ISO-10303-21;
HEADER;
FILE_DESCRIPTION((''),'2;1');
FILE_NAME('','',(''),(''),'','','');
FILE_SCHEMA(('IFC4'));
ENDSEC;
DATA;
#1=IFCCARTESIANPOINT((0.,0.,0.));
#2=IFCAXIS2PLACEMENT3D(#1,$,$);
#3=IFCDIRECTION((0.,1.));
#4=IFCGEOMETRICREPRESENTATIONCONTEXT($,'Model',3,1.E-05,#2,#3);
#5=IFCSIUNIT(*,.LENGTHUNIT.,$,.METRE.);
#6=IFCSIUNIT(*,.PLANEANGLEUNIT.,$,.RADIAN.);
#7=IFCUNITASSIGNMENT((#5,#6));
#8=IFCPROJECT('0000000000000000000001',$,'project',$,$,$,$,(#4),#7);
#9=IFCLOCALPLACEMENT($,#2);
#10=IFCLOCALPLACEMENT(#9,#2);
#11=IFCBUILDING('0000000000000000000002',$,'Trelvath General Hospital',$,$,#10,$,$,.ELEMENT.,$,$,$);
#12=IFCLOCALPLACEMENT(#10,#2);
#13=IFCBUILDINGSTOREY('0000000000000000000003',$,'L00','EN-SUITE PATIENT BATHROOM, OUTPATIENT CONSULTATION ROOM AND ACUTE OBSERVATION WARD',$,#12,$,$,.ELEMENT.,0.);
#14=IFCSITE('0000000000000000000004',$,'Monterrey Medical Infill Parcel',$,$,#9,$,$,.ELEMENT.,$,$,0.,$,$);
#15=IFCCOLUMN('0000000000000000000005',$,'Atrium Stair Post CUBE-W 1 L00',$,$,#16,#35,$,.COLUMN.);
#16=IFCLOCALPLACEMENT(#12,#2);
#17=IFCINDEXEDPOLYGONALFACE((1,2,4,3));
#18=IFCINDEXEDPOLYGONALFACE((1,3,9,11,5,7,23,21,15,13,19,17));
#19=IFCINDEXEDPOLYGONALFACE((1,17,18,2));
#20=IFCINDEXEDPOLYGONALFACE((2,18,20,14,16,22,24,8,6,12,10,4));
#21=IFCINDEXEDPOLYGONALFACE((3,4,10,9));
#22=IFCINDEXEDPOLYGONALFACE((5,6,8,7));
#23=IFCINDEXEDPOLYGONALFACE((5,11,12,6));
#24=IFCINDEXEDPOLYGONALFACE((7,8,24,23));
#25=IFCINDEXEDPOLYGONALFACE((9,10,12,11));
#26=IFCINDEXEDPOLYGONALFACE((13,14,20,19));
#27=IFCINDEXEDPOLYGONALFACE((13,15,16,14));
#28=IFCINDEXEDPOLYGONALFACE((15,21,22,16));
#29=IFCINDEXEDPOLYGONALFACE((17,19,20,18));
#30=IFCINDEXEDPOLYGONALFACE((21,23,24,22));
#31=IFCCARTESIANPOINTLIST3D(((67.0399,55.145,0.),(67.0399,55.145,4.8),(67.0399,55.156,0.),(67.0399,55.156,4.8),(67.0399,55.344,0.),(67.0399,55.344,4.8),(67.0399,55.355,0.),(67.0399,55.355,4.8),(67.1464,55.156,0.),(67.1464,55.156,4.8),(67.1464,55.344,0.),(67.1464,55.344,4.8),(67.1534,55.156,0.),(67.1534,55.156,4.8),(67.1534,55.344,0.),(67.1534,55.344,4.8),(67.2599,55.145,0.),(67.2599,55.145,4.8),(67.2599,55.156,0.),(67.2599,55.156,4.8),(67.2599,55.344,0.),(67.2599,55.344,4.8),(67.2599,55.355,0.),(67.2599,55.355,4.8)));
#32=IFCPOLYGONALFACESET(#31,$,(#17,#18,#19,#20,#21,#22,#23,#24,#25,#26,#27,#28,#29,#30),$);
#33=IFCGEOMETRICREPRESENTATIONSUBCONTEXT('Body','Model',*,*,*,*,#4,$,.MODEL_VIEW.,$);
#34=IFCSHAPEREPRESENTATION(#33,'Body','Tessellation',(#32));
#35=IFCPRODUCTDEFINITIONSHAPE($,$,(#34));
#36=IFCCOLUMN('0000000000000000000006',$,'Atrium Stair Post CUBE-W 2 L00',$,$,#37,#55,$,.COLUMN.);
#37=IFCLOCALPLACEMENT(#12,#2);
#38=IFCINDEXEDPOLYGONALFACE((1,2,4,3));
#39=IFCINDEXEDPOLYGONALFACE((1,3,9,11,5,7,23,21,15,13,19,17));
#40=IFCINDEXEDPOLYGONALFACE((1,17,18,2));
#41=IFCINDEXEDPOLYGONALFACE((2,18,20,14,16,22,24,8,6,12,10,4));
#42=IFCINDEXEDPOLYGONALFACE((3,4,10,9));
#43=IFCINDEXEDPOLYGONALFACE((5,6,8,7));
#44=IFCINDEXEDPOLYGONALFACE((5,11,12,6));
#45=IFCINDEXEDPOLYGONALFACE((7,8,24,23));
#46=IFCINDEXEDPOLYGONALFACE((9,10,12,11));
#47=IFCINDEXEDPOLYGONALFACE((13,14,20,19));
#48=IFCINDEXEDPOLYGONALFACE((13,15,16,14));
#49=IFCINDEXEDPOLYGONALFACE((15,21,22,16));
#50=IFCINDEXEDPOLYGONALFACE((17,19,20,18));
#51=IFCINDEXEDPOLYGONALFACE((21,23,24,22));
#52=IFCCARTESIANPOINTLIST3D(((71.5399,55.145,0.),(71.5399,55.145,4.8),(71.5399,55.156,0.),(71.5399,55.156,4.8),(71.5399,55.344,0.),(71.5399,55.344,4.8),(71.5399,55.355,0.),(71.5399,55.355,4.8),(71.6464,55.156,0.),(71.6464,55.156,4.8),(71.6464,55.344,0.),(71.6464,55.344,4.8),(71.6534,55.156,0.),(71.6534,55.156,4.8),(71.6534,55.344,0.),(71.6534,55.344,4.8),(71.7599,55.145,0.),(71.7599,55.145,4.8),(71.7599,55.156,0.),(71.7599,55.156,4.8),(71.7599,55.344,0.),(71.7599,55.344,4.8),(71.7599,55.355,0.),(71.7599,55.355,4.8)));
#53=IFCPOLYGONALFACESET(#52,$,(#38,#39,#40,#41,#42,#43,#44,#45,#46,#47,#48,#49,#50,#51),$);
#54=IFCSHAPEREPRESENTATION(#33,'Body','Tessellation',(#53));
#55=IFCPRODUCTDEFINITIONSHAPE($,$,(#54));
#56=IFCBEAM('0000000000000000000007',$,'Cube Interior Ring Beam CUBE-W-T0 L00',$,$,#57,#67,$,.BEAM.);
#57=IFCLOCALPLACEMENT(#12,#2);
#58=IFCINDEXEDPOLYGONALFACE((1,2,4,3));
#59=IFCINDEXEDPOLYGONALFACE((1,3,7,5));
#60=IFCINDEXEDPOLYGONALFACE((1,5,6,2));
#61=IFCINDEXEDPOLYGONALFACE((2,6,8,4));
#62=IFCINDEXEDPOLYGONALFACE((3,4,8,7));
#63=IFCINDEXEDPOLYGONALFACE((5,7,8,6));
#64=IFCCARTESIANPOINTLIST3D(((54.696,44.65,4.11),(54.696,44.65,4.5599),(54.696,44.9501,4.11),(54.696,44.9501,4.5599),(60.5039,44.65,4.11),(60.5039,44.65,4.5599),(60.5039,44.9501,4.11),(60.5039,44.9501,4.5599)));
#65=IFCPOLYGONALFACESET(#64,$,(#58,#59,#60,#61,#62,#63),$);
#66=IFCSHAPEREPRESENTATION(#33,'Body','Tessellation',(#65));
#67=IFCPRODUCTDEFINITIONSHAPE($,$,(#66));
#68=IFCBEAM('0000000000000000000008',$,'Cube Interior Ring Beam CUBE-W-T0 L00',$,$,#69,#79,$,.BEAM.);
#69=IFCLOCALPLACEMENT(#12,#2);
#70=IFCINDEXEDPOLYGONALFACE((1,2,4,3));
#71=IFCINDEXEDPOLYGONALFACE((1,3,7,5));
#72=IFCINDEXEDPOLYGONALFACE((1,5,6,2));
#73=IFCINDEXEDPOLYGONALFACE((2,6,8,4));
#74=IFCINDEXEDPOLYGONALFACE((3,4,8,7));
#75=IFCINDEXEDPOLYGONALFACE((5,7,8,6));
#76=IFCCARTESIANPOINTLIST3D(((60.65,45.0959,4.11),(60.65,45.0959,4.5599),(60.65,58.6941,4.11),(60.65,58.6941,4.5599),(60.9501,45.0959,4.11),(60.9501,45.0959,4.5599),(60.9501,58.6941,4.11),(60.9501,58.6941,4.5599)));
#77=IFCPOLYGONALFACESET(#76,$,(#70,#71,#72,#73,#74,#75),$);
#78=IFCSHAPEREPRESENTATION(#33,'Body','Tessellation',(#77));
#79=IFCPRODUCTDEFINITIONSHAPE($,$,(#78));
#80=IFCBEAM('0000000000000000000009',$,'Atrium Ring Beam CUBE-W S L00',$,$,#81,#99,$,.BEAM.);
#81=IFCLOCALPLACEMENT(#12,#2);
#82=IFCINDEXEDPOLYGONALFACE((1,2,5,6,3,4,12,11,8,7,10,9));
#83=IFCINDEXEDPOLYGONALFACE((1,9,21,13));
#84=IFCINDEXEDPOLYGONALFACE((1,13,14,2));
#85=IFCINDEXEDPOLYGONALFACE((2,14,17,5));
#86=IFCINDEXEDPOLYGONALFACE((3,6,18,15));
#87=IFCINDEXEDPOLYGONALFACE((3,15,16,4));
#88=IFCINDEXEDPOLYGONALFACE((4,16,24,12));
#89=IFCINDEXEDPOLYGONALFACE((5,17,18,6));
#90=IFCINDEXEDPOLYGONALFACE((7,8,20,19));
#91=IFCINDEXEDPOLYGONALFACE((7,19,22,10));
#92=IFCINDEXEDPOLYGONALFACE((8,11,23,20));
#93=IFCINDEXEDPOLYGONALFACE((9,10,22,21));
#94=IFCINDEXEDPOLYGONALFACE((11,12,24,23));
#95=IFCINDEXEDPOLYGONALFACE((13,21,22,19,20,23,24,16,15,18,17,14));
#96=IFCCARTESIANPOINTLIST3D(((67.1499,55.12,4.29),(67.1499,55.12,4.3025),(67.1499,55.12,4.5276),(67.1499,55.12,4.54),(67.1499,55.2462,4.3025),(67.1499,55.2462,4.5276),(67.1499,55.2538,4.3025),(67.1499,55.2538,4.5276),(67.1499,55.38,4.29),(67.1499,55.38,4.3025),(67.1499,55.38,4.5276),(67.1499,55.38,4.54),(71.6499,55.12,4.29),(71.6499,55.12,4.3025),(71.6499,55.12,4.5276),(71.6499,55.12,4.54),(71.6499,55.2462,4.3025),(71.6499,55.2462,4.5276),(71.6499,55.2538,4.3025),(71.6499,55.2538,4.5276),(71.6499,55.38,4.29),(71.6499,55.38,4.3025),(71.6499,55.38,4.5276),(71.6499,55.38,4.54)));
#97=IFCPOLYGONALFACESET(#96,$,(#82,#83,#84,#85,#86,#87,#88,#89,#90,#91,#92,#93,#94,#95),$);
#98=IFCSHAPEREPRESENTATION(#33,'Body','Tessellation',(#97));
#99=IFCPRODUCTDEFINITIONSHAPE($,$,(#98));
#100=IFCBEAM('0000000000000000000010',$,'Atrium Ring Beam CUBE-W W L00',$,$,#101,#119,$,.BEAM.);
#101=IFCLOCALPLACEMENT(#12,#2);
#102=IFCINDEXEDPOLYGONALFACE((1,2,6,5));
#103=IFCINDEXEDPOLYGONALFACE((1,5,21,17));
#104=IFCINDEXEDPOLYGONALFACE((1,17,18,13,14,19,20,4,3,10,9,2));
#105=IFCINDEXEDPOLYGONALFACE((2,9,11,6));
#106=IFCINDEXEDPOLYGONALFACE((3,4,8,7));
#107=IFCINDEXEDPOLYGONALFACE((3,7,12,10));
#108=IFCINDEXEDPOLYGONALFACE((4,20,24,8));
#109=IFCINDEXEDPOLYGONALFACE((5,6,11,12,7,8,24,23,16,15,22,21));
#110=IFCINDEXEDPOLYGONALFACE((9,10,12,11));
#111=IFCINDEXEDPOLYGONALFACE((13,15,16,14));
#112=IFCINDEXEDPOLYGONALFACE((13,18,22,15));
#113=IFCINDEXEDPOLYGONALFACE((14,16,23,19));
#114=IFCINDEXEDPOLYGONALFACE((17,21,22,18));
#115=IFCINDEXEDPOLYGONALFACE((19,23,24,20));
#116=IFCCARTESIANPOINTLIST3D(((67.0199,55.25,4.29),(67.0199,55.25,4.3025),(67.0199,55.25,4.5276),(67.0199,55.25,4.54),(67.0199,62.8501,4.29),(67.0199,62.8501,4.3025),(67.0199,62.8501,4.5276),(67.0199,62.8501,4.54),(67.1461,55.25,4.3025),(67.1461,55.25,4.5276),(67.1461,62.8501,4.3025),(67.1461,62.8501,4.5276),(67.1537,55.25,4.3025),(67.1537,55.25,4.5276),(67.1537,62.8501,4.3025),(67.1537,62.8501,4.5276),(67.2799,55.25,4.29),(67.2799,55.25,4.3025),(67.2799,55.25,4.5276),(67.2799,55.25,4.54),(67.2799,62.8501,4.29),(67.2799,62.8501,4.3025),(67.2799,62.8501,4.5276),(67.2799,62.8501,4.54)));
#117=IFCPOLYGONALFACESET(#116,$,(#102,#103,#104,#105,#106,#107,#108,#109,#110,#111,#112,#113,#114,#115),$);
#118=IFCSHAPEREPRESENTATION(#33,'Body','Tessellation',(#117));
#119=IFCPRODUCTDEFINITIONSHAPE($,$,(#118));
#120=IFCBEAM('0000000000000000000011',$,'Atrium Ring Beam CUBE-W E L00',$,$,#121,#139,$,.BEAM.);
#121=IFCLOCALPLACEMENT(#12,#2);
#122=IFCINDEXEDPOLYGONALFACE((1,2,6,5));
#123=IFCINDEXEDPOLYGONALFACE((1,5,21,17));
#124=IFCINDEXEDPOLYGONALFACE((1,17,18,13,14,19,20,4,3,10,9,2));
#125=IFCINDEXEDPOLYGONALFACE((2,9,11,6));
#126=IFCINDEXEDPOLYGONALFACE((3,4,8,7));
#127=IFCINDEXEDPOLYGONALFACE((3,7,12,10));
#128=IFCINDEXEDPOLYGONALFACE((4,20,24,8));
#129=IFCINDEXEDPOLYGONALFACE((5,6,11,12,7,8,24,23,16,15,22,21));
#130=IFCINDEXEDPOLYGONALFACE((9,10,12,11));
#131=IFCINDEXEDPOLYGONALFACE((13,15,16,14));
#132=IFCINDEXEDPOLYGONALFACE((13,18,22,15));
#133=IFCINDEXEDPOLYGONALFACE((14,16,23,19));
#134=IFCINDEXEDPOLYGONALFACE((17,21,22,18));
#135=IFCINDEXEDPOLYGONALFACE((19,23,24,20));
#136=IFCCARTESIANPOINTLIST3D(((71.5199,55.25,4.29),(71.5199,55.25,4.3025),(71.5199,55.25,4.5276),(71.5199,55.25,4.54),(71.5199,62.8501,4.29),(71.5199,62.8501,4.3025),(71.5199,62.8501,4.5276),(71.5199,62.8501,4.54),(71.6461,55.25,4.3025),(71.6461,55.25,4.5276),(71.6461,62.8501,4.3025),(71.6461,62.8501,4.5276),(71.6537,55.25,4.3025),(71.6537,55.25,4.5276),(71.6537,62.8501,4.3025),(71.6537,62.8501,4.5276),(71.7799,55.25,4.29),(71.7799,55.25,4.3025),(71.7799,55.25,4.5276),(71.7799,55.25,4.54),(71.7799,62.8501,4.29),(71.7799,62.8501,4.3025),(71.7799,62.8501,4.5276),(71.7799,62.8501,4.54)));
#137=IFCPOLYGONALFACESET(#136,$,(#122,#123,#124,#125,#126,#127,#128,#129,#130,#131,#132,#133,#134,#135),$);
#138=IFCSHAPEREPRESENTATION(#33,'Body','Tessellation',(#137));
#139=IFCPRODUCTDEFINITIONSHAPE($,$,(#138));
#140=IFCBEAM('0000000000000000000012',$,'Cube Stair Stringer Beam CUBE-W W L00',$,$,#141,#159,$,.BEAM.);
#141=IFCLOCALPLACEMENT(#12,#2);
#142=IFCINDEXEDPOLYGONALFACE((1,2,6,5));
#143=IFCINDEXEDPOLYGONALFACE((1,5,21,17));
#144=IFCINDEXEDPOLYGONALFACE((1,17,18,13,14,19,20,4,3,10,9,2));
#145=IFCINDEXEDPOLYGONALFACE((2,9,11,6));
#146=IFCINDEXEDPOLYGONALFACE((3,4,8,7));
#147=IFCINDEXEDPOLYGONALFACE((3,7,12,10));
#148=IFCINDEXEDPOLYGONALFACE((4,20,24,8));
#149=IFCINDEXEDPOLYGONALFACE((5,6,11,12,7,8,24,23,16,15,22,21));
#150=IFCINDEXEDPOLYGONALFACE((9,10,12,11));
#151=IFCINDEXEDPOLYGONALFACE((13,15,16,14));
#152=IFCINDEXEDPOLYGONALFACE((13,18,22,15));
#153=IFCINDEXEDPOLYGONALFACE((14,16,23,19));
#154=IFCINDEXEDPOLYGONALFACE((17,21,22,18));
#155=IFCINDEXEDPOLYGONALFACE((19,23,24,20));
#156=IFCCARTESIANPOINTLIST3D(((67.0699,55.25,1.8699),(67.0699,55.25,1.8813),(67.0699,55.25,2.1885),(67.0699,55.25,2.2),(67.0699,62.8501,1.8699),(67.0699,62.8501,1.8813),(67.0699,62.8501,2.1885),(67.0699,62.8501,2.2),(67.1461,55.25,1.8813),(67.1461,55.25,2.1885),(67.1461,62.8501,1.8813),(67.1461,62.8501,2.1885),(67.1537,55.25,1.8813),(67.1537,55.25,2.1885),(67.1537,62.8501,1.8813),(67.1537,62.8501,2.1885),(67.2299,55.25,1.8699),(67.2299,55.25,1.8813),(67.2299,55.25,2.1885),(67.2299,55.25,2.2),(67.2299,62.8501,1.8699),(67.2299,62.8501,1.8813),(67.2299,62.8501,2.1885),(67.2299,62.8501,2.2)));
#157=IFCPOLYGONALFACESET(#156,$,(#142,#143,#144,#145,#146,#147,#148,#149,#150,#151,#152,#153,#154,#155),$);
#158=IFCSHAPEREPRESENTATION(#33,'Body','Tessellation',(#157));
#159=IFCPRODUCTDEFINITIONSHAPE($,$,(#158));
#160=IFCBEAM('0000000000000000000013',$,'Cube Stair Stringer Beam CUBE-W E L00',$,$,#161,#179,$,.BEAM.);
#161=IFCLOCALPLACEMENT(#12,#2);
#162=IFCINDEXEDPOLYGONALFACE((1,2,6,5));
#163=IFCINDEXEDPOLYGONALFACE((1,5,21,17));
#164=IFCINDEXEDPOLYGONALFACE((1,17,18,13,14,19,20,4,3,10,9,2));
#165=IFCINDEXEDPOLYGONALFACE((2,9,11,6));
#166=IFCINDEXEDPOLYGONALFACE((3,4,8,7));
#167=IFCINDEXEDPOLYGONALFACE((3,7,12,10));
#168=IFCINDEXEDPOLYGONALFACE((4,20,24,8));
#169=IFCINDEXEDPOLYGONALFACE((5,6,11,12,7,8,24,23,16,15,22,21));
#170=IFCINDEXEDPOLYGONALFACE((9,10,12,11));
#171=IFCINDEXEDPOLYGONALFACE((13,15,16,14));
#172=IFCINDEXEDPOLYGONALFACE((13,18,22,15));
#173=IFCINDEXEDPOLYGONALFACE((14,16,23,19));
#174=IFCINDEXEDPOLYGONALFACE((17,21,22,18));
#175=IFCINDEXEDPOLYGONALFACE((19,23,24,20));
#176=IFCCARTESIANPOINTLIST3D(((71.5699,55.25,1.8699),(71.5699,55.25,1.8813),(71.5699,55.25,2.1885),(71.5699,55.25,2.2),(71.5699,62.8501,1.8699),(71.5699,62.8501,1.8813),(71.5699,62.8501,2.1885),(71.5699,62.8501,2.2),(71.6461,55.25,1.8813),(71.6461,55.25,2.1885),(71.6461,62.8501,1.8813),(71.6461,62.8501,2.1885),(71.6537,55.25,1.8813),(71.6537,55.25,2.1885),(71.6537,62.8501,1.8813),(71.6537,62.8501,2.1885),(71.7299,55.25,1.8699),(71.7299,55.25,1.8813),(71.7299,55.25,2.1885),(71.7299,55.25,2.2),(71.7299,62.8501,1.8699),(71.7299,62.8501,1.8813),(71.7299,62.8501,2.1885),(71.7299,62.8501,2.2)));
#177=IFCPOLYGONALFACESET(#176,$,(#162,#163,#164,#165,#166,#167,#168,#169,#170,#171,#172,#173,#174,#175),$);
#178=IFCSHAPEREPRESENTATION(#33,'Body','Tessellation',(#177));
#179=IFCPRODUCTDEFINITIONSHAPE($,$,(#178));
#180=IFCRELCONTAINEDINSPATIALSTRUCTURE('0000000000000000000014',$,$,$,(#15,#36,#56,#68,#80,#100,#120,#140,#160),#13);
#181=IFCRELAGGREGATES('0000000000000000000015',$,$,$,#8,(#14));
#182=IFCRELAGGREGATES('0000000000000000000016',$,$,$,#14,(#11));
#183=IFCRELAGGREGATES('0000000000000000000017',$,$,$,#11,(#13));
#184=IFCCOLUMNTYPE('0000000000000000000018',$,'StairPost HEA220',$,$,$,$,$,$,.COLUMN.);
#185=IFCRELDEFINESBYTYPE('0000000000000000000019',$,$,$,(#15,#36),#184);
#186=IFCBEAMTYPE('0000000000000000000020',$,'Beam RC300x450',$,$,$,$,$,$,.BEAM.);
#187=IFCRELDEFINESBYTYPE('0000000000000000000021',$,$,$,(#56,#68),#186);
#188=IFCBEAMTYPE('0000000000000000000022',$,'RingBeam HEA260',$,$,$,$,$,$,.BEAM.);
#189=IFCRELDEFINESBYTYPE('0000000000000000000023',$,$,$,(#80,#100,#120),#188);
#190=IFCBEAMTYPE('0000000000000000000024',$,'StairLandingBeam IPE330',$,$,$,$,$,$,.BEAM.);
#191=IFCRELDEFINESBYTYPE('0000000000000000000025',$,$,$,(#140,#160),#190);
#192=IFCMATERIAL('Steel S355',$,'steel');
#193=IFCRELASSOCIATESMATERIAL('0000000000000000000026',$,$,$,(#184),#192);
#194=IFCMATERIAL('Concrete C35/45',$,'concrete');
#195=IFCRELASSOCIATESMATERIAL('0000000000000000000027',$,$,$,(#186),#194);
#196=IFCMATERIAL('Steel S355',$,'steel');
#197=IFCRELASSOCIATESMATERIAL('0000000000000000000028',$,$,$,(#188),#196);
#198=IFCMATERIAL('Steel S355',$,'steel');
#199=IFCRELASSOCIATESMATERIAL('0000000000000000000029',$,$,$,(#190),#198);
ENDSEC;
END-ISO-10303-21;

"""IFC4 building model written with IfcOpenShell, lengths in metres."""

from ifc_helpers import new_model, si_unit, direction, frame, origin, origin_2d, place, context, subcontext, project, spatial, rectangle, i_section, extrude, material, material_profile, profile_set, type_object, element, save


model = new_model("IFC4")

# Units and contexts
model_context = context("Model", 3, precision=1e-05, world=origin(), true_north=direction((0.0, 1.0)))
body_context = subcontext(model_context, "Body", "Model", "MODEL_VIEW")
ifc_project = project(units=[si_unit("LENGTHUNIT", "METRE"), si_unit("PLANEANGLEUNIT", "RADIAN")], contexts=[model_context])

# Site, building, storey
site_placement = place(None, origin())
site = spatial("IfcSite", under=ifc_project, at=site_placement, Name="Monterrey Medical Infill Parcel", CompositionType="ELEMENT", RefElevation=0.0)
building_placement = place(site_placement, origin())
building = spatial("IfcBuilding", under=site, at=building_placement, Name="Trelvath General Hospital", CompositionType="ELEMENT")
storey_placement = place(building_placement, origin())
storey = spatial("IfcBuildingStorey", under=building, at=storey_placement, Name="L00", Description="EN-SUITE PATIENT BATHROOM, OUTPATIENT CONSULTATION ROOM AND ACUTE OBSERVATION WARD", CompositionType="ELEMENT", Elevation=0.0)

# Columns
ifc_material_1 = material(Name="Steel S355", Category="steel")
ifc_material_profile_1 = material_profile(ifc_material_1, i_section(OverallWidth=0.22, OverallDepth=0.21, WebThickness=0.0071, FlangeThickness=0.011, at=origin_2d()), Name="HEA220")
ifc_profile_set_1 = profile_set([ifc_material_profile_1], Name="Steel S355")
column_type_1 = type_object("IfcColumnType", Name="StairPost HEA220", PredefinedType="COLUMN", material=ifc_profile_set_1)
for number, where, z_axis, x_axis, name in (
    (1, (67.1499, 55.25, 0.0), (0.0, 0.0, 1.0), (1.0, 0.0, 0.0), "Atrium Stair Post CUBE-W 1 L00"),
    (2, (71.6499, 55.25, 0.0), (0.0, 0.0, 1.0), (1.0, 0.0, 0.0), "Atrium Stair Post CUBE-W 2 L00"),
):
    element("IfcColumn", number, at=place(storey_placement, frame(where, z_axis=z_axis, x_axis=x_axis)), inside=storey, type_object=column_type_1, Name=name, PredefinedType="COLUMN", context=body_context, shape_type="SweptSolid", body=[
        extrude(i_section(OverallWidth=0.22, OverallDepth=0.21, WebThickness=0.0071, FlangeThickness=0.011, at=origin_2d()), origin(), (0.0, 0.0, 1.0), 4.8),
    ])

# Beams
ifc_material_2 = material(Name="Concrete C35/45", Category="concrete")
ifc_material_profile_2 = material_profile(ifc_material_2, rectangle(XDim=0.3, YDim=0.45, at=origin_2d()), Name="RCB300x450")
ifc_profile_set_2 = profile_set([ifc_material_profile_2], Name="Concrete C35/45")
beam_type_1 = type_object("IfcBeamType", Name="Beam RC300x450", PredefinedType="BEAM", material=ifc_profile_set_2)
beam_1_placement = place(storey_placement, frame((54.696, 44.8, 4.335), z_axis=(1.0, 0.0, 0.0), x_axis=(0.0, 1.0, 0.0)))
element("IfcBeam", 3, at=beam_1_placement, inside=storey, type_object=beam_type_1, Name="Cube Interior Ring Beam CUBE-W-T0 L00", PredefinedType="BEAM", context=body_context, shape_type="SweptSolid", body=[
    extrude(rectangle(XDim=0.3, YDim=0.45, at=origin_2d()), origin(), (0.0, 0.0, 1.0), 5.8079),
])
beam_2_placement = place(storey_placement, frame((60.8, 45.0959, 4.335), z_axis=(0.0, 1.0, 0.0), x_axis=(-1.0, 0.0, 0.0)))
element("IfcBeam", 4, at=beam_2_placement, inside=storey, type_object=beam_type_1, Name="Cube Interior Ring Beam CUBE-W-T0 L00", PredefinedType="BEAM", context=body_context, shape_type="SweptSolid", body=[
    extrude(rectangle(XDim=0.3, YDim=0.45, at=origin_2d()), origin(), (0.0, 0.0, 1.0), 13.5981),
])
ifc_material_3 = material(Name="Steel S355", Category="steel")
ifc_material_profile_3 = material_profile(ifc_material_3, i_section(OverallWidth=0.26, OverallDepth=0.25, WebThickness=0.0076, FlangeThickness=0.0125, at=origin_2d()), Name="HEA260")
ifc_profile_set_3 = profile_set([ifc_material_profile_3], Name="Steel S355")
beam_type_2 = type_object("IfcBeamType", Name="RingBeam HEA260", PredefinedType="BEAM", material=ifc_profile_set_3)
beam_3_placement = place(storey_placement, frame((67.1499, 55.25, 4.415), z_axis=(1.0, 0.0, 0.0), x_axis=(0.0, 1.0, 0.0)))
element("IfcBeam", 5, at=beam_3_placement, inside=storey, type_object=beam_type_2, Name="Atrium Ring Beam CUBE-W S L00", PredefinedType="BEAM", context=body_context, shape_type="SweptSolid", body=[
    extrude(i_section(OverallWidth=0.26, OverallDepth=0.25, WebThickness=0.0076, FlangeThickness=0.0125, at=origin_2d()), origin(), (0.0, 0.0, 1.0), 4.5),
])
for number, where, z_axis, x_axis, name in (
    (6, (67.1499, 55.25, 4.415), (0.0, 1.0, 0.0), (-1.0, 0.0, 0.0), "Atrium Ring Beam CUBE-W W L00"),
    (7, (71.6499, 55.25, 4.415), (0.0, 1.0, 0.0), (-1.0, 0.0, 0.0), "Atrium Ring Beam CUBE-W E L00"),
):
    element("IfcBeam", number, at=place(storey_placement, frame(where, z_axis=z_axis, x_axis=x_axis)), inside=storey, type_object=beam_type_2, Name=name, PredefinedType="BEAM", context=body_context, shape_type="SweptSolid", body=[
        extrude(i_section(OverallWidth=0.26, OverallDepth=0.25, WebThickness=0.0076, FlangeThickness=0.0125, at=origin_2d()), origin(), (0.0, 0.0, 1.0), 7.6001),
    ])
ifc_material_4 = material(Name="Steel S355", Category="steel")
ifc_material_profile_4 = material_profile(ifc_material_4, i_section(OverallWidth=0.1599, OverallDepth=0.3301, WebThickness=0.0076, FlangeThickness=0.0115, at=origin_2d()), Name="IPE330")
ifc_profile_set_4 = profile_set([ifc_material_profile_4], Name="Steel S355")
beam_type_3 = type_object("IfcBeamType", Name="StairLandingBeam IPE330", PredefinedType="BEAM", material=ifc_profile_set_4)
for number, where, z_axis, x_axis, name in (
    (8, (67.1499, 55.25, 2.0349), (0.0, 1.0, 0.0), (-1.0, 0.0, 0.0), "Cube Stair Stringer Beam CUBE-W W L00"),
    (9, (71.6499, 55.25, 2.0349), (0.0, 1.0, 0.0), (-1.0, 0.0, 0.0), "Cube Stair Stringer Beam CUBE-W E L00"),
):
    element("IfcBeam", number, at=place(storey_placement, frame(where, z_axis=z_axis, x_axis=x_axis)), inside=storey, type_object=beam_type_3, Name=name, PredefinedType="BEAM", context=body_context, shape_type="SweptSolid", body=[
        extrude(i_section(OverallWidth=0.1599, OverallDepth=0.3301, WebThickness=0.0076, FlangeThickness=0.0115, at=origin_2d()), origin(), (0.0, 0.0, 1.0), 7.6001),
    ])

save(model, "model.ifc")
